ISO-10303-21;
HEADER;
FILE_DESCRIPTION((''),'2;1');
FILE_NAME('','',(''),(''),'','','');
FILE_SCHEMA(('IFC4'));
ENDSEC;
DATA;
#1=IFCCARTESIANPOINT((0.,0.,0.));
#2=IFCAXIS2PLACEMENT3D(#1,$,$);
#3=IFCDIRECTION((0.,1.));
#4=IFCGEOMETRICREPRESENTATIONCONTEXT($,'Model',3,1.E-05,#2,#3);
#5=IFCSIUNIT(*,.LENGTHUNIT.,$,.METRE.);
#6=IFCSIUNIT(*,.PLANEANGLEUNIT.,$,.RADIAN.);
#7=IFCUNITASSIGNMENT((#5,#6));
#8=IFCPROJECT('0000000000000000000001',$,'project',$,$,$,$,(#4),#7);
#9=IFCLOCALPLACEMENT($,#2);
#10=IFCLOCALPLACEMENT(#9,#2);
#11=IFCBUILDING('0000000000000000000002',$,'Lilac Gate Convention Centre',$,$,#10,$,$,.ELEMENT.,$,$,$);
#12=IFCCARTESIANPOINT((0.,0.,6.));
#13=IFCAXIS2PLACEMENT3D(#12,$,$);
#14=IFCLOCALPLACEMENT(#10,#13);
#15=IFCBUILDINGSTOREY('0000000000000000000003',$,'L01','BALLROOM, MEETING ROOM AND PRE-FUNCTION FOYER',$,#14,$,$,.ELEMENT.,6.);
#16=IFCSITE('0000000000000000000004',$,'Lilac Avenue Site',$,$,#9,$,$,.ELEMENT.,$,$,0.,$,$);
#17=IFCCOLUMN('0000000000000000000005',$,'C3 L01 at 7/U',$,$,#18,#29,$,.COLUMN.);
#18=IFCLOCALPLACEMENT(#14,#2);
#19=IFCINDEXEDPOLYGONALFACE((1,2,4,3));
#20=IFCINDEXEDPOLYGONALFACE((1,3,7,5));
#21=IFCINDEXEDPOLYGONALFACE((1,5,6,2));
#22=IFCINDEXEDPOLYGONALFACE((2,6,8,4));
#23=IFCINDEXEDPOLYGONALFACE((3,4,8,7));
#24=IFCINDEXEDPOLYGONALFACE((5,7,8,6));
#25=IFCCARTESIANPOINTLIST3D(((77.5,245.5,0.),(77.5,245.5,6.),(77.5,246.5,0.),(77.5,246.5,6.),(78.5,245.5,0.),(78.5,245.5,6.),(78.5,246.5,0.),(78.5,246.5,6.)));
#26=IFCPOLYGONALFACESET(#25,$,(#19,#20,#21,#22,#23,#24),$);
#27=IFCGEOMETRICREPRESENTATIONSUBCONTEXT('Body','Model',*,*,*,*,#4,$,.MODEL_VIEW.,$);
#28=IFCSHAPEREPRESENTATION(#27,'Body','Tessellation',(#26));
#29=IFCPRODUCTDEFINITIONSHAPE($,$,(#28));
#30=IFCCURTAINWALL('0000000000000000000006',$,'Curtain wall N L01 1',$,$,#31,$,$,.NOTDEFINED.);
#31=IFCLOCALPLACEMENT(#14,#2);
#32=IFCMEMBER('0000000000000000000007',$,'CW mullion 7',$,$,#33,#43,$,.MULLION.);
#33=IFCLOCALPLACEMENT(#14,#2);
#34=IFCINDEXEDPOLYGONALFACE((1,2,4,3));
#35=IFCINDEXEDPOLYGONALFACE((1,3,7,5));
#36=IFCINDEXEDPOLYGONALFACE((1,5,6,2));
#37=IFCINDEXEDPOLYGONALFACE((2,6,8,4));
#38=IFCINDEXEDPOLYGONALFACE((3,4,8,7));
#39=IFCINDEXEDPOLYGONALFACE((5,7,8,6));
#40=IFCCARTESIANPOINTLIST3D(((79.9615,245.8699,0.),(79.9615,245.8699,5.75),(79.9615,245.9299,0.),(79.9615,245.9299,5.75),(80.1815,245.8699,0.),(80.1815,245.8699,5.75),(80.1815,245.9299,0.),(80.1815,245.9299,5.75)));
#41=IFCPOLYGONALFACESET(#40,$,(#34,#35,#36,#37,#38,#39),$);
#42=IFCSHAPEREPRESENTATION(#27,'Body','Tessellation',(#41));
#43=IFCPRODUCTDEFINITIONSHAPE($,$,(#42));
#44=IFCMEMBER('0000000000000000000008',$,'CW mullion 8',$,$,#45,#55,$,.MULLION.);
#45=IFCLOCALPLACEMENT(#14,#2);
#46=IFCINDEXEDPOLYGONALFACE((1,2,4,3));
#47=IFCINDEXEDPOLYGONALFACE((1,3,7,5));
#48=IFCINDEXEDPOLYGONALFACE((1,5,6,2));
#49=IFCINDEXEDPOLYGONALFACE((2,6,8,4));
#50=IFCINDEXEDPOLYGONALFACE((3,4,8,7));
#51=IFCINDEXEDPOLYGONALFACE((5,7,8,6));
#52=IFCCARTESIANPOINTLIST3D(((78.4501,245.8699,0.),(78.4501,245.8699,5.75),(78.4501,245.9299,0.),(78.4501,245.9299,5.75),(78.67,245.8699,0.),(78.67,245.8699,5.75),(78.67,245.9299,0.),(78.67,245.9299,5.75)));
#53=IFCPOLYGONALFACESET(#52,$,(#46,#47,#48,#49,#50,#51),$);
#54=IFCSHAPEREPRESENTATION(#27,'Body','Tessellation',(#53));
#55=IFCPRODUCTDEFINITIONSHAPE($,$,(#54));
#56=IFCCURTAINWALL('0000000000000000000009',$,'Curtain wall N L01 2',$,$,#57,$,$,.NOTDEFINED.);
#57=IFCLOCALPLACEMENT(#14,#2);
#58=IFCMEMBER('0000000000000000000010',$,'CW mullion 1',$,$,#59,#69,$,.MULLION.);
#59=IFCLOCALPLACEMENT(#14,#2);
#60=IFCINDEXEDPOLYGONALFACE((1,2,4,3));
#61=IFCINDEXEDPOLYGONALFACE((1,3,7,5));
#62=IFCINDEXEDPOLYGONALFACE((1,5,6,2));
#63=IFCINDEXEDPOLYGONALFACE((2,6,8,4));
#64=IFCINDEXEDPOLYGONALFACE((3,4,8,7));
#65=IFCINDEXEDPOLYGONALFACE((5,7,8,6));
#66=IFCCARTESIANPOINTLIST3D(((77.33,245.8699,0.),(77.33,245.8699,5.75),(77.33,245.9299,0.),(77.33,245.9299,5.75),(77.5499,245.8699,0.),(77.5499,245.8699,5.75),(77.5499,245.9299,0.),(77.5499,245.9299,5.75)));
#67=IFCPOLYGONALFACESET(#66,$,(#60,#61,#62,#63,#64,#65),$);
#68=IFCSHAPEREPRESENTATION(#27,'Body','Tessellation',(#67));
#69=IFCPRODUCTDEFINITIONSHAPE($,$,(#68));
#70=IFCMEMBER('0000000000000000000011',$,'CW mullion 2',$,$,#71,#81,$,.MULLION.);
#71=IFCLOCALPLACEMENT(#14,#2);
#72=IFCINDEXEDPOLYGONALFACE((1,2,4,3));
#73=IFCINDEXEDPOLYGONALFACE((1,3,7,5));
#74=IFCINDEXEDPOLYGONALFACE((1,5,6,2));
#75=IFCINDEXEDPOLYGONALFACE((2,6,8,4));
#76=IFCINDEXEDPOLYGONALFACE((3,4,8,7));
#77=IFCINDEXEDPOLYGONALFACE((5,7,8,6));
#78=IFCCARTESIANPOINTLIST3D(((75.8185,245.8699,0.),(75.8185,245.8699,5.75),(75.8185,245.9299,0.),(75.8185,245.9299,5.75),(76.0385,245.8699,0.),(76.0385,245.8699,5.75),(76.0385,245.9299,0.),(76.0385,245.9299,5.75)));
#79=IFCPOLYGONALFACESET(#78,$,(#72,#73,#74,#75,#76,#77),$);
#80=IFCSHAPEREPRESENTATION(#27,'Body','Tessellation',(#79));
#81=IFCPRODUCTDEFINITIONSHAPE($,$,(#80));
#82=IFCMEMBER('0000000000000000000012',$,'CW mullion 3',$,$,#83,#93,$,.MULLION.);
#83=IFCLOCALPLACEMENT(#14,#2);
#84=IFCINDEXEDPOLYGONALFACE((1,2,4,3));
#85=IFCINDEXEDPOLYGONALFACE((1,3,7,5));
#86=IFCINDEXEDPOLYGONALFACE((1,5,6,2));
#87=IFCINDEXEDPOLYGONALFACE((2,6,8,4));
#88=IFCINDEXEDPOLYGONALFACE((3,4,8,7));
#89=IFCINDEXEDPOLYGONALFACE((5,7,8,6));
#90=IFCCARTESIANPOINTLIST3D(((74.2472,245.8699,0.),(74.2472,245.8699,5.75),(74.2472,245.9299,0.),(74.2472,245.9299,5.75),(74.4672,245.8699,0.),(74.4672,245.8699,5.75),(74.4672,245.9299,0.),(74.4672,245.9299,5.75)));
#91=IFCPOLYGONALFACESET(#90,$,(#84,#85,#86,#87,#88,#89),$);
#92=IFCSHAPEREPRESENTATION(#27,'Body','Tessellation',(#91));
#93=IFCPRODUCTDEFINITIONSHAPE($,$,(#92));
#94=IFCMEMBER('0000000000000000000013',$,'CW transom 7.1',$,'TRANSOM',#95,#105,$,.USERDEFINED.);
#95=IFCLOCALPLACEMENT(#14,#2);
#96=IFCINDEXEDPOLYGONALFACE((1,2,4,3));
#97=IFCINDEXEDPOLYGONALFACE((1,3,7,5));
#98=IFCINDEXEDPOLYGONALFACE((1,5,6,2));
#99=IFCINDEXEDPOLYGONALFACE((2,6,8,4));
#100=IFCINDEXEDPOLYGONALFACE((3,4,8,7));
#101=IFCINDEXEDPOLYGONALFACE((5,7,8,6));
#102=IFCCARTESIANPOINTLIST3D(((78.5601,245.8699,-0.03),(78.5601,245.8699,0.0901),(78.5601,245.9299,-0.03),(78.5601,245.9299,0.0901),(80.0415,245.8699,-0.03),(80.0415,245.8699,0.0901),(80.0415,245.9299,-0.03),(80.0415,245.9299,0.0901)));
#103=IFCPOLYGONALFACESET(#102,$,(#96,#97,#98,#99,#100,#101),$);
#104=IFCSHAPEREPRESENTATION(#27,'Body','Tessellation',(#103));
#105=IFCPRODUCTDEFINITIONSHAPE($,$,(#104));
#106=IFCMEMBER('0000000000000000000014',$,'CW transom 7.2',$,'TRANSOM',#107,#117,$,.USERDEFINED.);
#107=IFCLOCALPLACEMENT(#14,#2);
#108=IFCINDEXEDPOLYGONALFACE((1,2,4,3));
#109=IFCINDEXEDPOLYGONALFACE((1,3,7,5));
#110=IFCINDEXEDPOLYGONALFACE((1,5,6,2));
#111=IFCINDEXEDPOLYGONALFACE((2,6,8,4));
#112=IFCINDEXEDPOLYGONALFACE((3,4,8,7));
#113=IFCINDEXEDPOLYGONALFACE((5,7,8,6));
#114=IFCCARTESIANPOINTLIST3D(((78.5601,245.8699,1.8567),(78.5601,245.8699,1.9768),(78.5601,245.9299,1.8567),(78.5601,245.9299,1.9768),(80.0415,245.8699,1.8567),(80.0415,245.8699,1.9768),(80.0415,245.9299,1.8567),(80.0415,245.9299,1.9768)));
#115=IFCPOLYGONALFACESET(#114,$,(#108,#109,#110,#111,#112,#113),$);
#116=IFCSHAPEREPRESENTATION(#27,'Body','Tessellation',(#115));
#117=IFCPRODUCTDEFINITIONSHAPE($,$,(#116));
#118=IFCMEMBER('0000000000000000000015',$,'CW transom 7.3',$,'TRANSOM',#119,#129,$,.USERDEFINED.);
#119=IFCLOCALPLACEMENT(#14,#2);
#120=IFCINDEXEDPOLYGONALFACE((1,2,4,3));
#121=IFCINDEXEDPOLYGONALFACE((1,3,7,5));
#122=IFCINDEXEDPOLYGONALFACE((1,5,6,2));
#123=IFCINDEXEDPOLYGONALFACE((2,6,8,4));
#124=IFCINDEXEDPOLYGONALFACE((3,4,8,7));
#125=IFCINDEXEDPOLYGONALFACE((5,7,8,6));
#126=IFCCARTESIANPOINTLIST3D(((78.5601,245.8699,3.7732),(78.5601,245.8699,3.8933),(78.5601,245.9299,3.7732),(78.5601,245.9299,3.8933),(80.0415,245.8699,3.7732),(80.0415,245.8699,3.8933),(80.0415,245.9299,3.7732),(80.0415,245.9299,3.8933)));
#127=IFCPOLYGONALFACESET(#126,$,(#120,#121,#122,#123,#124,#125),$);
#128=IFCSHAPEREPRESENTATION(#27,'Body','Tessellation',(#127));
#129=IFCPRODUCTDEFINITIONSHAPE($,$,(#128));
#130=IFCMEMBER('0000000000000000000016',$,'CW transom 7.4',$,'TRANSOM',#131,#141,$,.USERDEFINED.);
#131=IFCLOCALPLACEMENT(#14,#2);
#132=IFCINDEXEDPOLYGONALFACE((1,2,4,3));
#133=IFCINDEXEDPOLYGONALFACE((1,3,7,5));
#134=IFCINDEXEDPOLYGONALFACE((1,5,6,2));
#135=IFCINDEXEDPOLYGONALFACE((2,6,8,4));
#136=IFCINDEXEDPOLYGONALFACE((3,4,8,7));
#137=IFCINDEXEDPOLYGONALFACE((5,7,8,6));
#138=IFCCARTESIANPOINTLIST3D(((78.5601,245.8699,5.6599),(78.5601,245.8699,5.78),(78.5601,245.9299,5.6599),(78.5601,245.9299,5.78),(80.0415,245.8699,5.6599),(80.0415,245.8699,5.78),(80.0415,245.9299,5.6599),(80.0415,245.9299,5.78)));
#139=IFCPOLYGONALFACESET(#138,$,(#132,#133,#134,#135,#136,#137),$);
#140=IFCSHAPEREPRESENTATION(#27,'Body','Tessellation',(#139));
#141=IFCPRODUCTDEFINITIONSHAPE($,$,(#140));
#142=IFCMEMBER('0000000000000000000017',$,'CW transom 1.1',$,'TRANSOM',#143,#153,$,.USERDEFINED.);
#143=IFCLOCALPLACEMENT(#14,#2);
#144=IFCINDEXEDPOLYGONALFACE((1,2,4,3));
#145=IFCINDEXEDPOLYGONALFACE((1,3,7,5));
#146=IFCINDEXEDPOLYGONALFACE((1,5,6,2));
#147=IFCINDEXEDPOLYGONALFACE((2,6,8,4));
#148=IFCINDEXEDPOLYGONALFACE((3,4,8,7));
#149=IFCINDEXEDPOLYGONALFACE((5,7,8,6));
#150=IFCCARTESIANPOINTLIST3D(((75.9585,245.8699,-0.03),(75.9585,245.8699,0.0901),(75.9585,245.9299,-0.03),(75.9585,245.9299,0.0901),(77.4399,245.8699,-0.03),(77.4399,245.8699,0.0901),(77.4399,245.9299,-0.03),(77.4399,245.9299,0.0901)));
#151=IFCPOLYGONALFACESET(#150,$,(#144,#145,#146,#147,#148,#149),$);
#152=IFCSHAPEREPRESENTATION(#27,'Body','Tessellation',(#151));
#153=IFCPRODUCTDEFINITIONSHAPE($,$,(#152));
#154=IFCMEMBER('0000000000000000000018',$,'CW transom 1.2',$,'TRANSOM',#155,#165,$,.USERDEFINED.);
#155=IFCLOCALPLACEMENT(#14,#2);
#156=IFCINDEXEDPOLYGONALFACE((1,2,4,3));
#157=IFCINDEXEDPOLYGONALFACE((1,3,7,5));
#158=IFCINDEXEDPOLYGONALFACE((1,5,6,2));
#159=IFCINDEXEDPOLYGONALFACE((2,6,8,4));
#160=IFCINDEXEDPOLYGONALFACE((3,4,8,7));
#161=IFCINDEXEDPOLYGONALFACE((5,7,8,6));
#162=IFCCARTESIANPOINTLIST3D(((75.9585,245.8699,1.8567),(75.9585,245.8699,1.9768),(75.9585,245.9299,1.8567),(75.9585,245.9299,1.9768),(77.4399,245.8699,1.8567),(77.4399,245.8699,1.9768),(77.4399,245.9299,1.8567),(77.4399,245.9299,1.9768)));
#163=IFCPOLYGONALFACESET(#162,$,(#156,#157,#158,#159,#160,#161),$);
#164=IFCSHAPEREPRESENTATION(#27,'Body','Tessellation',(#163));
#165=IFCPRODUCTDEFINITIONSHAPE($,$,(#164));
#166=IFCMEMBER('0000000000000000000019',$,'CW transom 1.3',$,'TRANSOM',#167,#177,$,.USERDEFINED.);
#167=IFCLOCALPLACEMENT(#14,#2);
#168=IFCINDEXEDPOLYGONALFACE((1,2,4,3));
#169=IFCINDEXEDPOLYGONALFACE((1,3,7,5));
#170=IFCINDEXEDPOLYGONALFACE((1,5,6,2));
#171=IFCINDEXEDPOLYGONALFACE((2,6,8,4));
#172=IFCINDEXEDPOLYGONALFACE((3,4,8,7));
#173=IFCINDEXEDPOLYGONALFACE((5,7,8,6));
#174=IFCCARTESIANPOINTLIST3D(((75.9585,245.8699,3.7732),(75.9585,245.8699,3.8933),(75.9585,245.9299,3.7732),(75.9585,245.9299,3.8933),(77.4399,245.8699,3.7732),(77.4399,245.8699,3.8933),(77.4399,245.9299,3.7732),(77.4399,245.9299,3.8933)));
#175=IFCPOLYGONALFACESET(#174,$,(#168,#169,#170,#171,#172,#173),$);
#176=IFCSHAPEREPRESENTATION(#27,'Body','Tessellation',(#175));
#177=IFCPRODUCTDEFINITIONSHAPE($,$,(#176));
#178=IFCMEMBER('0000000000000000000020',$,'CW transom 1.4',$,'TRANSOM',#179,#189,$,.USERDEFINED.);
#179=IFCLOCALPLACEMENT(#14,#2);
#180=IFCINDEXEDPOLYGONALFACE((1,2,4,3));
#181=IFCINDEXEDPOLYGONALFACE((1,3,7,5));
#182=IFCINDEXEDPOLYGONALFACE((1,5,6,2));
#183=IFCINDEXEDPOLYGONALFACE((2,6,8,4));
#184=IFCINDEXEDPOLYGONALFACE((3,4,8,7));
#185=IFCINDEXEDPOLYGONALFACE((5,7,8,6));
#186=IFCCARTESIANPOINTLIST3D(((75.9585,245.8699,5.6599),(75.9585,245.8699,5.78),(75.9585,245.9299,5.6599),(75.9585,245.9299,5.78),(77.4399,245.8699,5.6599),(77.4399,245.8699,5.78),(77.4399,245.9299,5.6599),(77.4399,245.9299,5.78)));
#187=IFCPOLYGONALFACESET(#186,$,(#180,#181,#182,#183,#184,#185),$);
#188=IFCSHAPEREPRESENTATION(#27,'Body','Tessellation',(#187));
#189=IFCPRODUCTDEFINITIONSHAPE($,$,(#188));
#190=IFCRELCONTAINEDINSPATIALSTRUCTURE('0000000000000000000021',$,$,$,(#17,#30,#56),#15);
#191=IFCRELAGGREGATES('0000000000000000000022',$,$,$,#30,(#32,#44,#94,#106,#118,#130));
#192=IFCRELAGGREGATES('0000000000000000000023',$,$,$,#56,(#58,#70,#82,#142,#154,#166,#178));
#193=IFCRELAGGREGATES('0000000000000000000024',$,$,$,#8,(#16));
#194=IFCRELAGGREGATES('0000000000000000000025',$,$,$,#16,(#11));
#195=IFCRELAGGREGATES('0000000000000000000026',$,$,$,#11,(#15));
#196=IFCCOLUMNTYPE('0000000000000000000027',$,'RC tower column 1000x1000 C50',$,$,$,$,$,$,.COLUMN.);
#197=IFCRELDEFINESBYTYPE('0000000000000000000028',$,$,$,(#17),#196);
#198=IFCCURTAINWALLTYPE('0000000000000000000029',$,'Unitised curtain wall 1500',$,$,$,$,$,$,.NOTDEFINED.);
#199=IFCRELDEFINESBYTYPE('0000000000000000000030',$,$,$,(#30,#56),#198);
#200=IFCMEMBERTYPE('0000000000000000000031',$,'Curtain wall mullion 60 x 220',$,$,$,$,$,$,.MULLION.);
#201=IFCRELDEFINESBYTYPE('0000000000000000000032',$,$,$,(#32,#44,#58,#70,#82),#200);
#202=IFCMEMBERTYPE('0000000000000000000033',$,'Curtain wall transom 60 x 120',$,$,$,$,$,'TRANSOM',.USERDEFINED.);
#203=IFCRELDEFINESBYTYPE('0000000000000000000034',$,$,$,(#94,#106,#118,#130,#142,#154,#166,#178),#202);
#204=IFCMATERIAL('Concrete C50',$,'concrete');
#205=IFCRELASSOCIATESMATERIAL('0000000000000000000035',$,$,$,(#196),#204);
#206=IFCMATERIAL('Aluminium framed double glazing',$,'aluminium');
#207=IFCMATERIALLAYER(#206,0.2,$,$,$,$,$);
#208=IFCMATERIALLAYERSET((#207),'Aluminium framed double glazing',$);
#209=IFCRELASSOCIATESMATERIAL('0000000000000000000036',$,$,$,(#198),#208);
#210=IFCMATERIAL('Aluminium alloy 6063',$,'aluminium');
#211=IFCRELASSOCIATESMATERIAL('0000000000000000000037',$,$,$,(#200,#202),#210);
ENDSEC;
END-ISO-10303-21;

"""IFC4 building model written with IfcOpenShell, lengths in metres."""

from ifc_helpers import new_model, si_unit, direction, frame, origin, origin_2d, place, context, subcontext, project, spatial, rectangle, extrude, material, layer, layer_set, material_profile, profile_set, type_object, element, aggregate, save


model = new_model("IFC4")

# Units and contexts
model_context = context("Model", 3, precision=1e-05, world=origin(), true_north=direction((0.0, 1.0)))
body_context = subcontext(model_context, "Body", "Model", "MODEL_VIEW")
ifc_project = project(units=[si_unit("LENGTHUNIT", "METRE"), si_unit("PLANEANGLEUNIT", "RADIAN")], contexts=[model_context])

# Site, building, storey
site_placement = place(None, origin())
site = spatial("IfcSite", under=ifc_project, at=site_placement, Name="Lilac Avenue Site", CompositionType="ELEMENT", RefElevation=0.0)
building_placement = place(site_placement, origin())
building = spatial("IfcBuilding", under=site, at=building_placement, Name="Lilac Gate Convention Centre", CompositionType="ELEMENT")
storey_placement = place(building_placement, frame((0.0, 0.0, 6.0)))
storey = spatial("IfcBuildingStorey", under=building, at=storey_placement, Name="L01", Description="BALLROOM, MEETING ROOM AND PRE-FUNCTION FOYER", CompositionType="ELEMENT", Elevation=6.0)

# Column
ifc_material_1 = material(Name="Concrete C50", Category="concrete")
ifc_material_profile_1 = material_profile(ifc_material_1, rectangle(XDim=1.0, YDim=1.0, at=origin_2d()), Name="RC 1000x1000")
ifc_profile_set_1 = profile_set([ifc_material_profile_1], Name="Concrete C50")
column_type = type_object("IfcColumnType", Name="RC tower column 1000x1000 C50", PredefinedType="COLUMN", material=ifc_profile_set_1)
column_placement = place(storey_placement, frame((78.0, 246.0, 0.0), z_axis=(0.0, 0.0, 1.0), x_axis=(1.0, 0.0, 0.0)))
element("IfcColumn", 1, at=column_placement, inside=storey, type_object=column_type, Name="C3 L01 at 7/U", PredefinedType="COLUMN", context=body_context, shape_type="SweptSolid", body=[
    extrude(rectangle(XDim=1.0, YDim=1.0, at=origin_2d()), origin(), (0.0, 0.0, 1.0), 6.0),
])

# Curtain walls, members
ifc_material_2 = material(Name="Aluminium framed double glazing", Category="aluminium")
ifc_layer_1 = layer(ifc_material_2, 0.2)
ifc_layer_set_1 = layer_set([ifc_layer_1], Name="Aluminium framed double glazing")
curtain_wall_type = type_object("IfcCurtainWallType", Name="Unitised curtain wall 1500", PredefinedType="NOTDEFINED", material=ifc_layer_set_1)
curtain_wall_1_placement = place(storey_placement, origin())
curtain_wall_1 = element("IfcCurtainWall", 2, at=curtain_wall_1_placement, inside=storey, type_object=curtain_wall_type, Name="Curtain wall N L01 1", PredefinedType="NOTDEFINED")
ifc_material_3 = material(Name="Aluminium alloy 6063", Category="aluminium")
ifc_material_profile_2 = material_profile(ifc_material_3, rectangle(XDim=0.0601, YDim=0.22, at=origin_2d()), Name="Curtain wall mullion 60 x 220")
ifc_profile_set_2 = profile_set([ifc_material_profile_2], Name="Aluminium alloy 6063")
member_type_1 = type_object("IfcMemberType", Name="Curtain wall mullion 60 x 220", PredefinedType="MULLION", material=ifc_profile_set_2)
member_1_placement = place(storey_placement, frame((80.0715, 245.8999, 0.0), z_axis=(0.0, 0.0, 1.0), x_axis=(0.0, -1.0, 0.0)))
member_1 = element("IfcMember", 3, at=member_1_placement, type_object=member_type_1, Name="CW mullion 7", PredefinedType="MULLION", context=body_context, shape_type="SweptSolid", body=[
    extrude(rectangle(XDim=0.0601, YDim=0.22, at=origin_2d()), origin(), (0.0, 0.0, 1.0), 5.75),
])
member_2_placement = place(storey_placement, frame((78.5601, 245.8999, 0.0), z_axis=(0.0, 0.0, 1.0), x_axis=(0.0, -1.0, 0.0)))
member_2 = element("IfcMember", 4, at=member_2_placement, type_object=member_type_1, Name="CW mullion 8", PredefinedType="MULLION", context=body_context, shape_type="SweptSolid", body=[
    extrude(rectangle(XDim=0.0601, YDim=0.22, at=origin_2d()), origin(), (0.0, 0.0, 1.0), 5.75),
])
curtain_wall_2_placement = place(storey_placement, origin())
curtain_wall_2 = element("IfcCurtainWall", 5, at=curtain_wall_2_placement, inside=storey, type_object=curtain_wall_type, Name="Curtain wall N L01 2", PredefinedType="NOTDEFINED")
member_3_placement = place(storey_placement, frame((77.4399, 245.8999, 0.0), z_axis=(0.0, 0.0, 1.0), x_axis=(0.0, -1.0, 0.0)))
member_3 = element("IfcMember", 6, at=member_3_placement, type_object=member_type_1, Name="CW mullion 1", PredefinedType="MULLION", context=body_context, shape_type="SweptSolid", body=[
    extrude(rectangle(XDim=0.0601, YDim=0.22, at=origin_2d()), origin(), (0.0, 0.0, 1.0), 5.75),
])
member_4_placement = place(storey_placement, frame((75.9285, 245.8999, 0.0), z_axis=(0.0, 0.0, 1.0), x_axis=(0.0, -1.0, 0.0)))
member_4 = element("IfcMember", 7, at=member_4_placement, type_object=member_type_1, Name="CW mullion 2", PredefinedType="MULLION", context=body_context, shape_type="SweptSolid", body=[
    extrude(rectangle(XDim=0.0601, YDim=0.22, at=origin_2d()), origin(), (0.0, 0.0, 1.0), 5.75),
])
member_5_placement = place(storey_placement, frame((74.3572, 245.8999, 0.0), z_axis=(0.0, 0.0, 1.0), x_axis=(0.0, -1.0, 0.0)))
member_5 = element("IfcMember", 8, at=member_5_placement, type_object=member_type_1, Name="CW mullion 3", PredefinedType="MULLION", context=body_context, shape_type="SweptSolid", body=[
    extrude(rectangle(XDim=0.0601, YDim=0.22, at=origin_2d()), origin(), (0.0, 0.0, 1.0), 5.75),
])

# Members
ifc_material_profile_3 = material_profile(ifc_material_3, rectangle(XDim=0.0601, YDim=0.1201, at=origin_2d()), Name="Curtain wall transom 60 x 120")
ifc_profile_set_3 = profile_set([ifc_material_profile_3], Name="Aluminium alloy 6063")
member_type_2 = type_object("IfcMemberType", Name="Curtain wall transom 60 x 120", ElementType="TRANSOM", PredefinedType="USERDEFINED", material=ifc_profile_set_3)
member_6_placement = place(storey_placement, frame((80.0415, 245.8999, 0.03), z_axis=(-1.0, 0.0, 0.0), x_axis=(0.0, -1.0, 0.0)))
member_6 = element("IfcMember", 9, at=member_6_placement, type_object=member_type_2, Name="CW transom 7.1", ObjectType="TRANSOM", PredefinedType="USERDEFINED", context=body_context, shape_type="SweptSolid", body=[
    extrude(rectangle(XDim=0.0601, YDim=0.1201, at=origin_2d()), origin(), (0.0, 0.0, 1.0), 1.4814),
])
member_7_placement = place(storey_placement, frame((80.0415, 245.8999, 1.9167), z_axis=(-1.0, 0.0, 0.0), x_axis=(0.0, -1.0, 0.0)))
member_7 = element("IfcMember", 10, at=member_7_placement, type_object=member_type_2, Name="CW transom 7.2", ObjectType="TRANSOM", PredefinedType="USERDEFINED", context=body_context, shape_type="SweptSolid", body=[
    extrude(rectangle(XDim=0.0601, YDim=0.1201, at=origin_2d()), origin(), (0.0, 0.0, 1.0), 1.4814),
])
member_8_placement = place(storey_placement, frame((80.0415, 245.8999, 3.8333), z_axis=(-1.0, 0.0, 0.0), x_axis=(0.0, -1.0, 0.0)))
member_8 = element("IfcMember", 11, at=member_8_placement, type_object=member_type_2, Name="CW transom 7.3", ObjectType="TRANSOM", PredefinedType="USERDEFINED", context=body_context, shape_type="SweptSolid", body=[
    extrude(rectangle(XDim=0.0601, YDim=0.1201, at=origin_2d()), origin(), (0.0, 0.0, 1.0), 1.4814),
])
member_9_placement = place(storey_placement, frame((80.0415, 245.8999, 5.72), z_axis=(-1.0, 0.0, 0.0), x_axis=(0.0, -1.0, 0.0)))
member_9 = element("IfcMember", 12, at=member_9_placement, type_object=member_type_2, Name="CW transom 7.4", ObjectType="TRANSOM", PredefinedType="USERDEFINED", context=body_context, shape_type="SweptSolid", body=[
    extrude(rectangle(XDim=0.0601, YDim=0.1201, at=origin_2d()), origin(), (0.0, 0.0, 1.0), 1.4814),
])
member_10_placement = place(storey_placement, frame((77.4399, 245.8999, 0.03), z_axis=(-1.0, 0.0, 0.0), x_axis=(0.0, -1.0, 0.0)))
member_10 = element("IfcMember", 13, at=member_10_placement, type_object=member_type_2, Name="CW transom 1.1", ObjectType="TRANSOM", PredefinedType="USERDEFINED", context=body_context, shape_type="SweptSolid", body=[
    extrude(rectangle(XDim=0.0601, YDim=0.1201, at=origin_2d()), origin(), (0.0, 0.0, 1.0), 1.4814),
])
member_11_placement = place(storey_placement, frame((77.4399, 245.8999, 1.9167), z_axis=(-1.0, 0.0, 0.0), x_axis=(0.0, -1.0, 0.0)))
member_11 = element("IfcMember", 14, at=member_11_placement, type_object=member_type_2, Name="CW transom 1.2", ObjectType="TRANSOM", PredefinedType="USERDEFINED", context=body_context, shape_type="SweptSolid", body=[
    extrude(rectangle(XDim=0.0601, YDim=0.1201, at=origin_2d()), origin(), (0.0, 0.0, 1.0), 1.4814),
])
member_12_placement = place(storey_placement, frame((77.4399, 245.8999, 3.8333), z_axis=(-1.0, 0.0, 0.0), x_axis=(0.0, -1.0, 0.0)))
member_12 = element("IfcMember", 15, at=member_12_placement, type_object=member_type_2, Name="CW transom 1.3", ObjectType="TRANSOM", PredefinedType="USERDEFINED", context=body_context, shape_type="SweptSolid", body=[
    extrude(rectangle(XDim=0.0601, YDim=0.1201, at=origin_2d()), origin(), (0.0, 0.0, 1.0), 1.4814),
])
member_13_placement = place(storey_placement, frame((77.4399, 245.8999, 5.72), z_axis=(-1.0, 0.0, 0.0), x_axis=(0.0, -1.0, 0.0)))
member_13 = element("IfcMember", 16, at=member_13_placement, type_object=member_type_2, Name="CW transom 1.4", ObjectType="TRANSOM", PredefinedType="USERDEFINED", context=body_context, shape_type="SweptSolid", body=[
    extrude(rectangle(XDim=0.0601, YDim=0.1201, at=origin_2d()), origin(), (0.0, 0.0, 1.0), 1.4814),
])

aggregate(curtain_wall_1, [member_1, member_2, member_6, member_7, member_8, member_9])
aggregate(curtain_wall_2, [member_3, member_4, member_5, member_10, member_11, member_12, member_13])

save(model, "model.ifc")
